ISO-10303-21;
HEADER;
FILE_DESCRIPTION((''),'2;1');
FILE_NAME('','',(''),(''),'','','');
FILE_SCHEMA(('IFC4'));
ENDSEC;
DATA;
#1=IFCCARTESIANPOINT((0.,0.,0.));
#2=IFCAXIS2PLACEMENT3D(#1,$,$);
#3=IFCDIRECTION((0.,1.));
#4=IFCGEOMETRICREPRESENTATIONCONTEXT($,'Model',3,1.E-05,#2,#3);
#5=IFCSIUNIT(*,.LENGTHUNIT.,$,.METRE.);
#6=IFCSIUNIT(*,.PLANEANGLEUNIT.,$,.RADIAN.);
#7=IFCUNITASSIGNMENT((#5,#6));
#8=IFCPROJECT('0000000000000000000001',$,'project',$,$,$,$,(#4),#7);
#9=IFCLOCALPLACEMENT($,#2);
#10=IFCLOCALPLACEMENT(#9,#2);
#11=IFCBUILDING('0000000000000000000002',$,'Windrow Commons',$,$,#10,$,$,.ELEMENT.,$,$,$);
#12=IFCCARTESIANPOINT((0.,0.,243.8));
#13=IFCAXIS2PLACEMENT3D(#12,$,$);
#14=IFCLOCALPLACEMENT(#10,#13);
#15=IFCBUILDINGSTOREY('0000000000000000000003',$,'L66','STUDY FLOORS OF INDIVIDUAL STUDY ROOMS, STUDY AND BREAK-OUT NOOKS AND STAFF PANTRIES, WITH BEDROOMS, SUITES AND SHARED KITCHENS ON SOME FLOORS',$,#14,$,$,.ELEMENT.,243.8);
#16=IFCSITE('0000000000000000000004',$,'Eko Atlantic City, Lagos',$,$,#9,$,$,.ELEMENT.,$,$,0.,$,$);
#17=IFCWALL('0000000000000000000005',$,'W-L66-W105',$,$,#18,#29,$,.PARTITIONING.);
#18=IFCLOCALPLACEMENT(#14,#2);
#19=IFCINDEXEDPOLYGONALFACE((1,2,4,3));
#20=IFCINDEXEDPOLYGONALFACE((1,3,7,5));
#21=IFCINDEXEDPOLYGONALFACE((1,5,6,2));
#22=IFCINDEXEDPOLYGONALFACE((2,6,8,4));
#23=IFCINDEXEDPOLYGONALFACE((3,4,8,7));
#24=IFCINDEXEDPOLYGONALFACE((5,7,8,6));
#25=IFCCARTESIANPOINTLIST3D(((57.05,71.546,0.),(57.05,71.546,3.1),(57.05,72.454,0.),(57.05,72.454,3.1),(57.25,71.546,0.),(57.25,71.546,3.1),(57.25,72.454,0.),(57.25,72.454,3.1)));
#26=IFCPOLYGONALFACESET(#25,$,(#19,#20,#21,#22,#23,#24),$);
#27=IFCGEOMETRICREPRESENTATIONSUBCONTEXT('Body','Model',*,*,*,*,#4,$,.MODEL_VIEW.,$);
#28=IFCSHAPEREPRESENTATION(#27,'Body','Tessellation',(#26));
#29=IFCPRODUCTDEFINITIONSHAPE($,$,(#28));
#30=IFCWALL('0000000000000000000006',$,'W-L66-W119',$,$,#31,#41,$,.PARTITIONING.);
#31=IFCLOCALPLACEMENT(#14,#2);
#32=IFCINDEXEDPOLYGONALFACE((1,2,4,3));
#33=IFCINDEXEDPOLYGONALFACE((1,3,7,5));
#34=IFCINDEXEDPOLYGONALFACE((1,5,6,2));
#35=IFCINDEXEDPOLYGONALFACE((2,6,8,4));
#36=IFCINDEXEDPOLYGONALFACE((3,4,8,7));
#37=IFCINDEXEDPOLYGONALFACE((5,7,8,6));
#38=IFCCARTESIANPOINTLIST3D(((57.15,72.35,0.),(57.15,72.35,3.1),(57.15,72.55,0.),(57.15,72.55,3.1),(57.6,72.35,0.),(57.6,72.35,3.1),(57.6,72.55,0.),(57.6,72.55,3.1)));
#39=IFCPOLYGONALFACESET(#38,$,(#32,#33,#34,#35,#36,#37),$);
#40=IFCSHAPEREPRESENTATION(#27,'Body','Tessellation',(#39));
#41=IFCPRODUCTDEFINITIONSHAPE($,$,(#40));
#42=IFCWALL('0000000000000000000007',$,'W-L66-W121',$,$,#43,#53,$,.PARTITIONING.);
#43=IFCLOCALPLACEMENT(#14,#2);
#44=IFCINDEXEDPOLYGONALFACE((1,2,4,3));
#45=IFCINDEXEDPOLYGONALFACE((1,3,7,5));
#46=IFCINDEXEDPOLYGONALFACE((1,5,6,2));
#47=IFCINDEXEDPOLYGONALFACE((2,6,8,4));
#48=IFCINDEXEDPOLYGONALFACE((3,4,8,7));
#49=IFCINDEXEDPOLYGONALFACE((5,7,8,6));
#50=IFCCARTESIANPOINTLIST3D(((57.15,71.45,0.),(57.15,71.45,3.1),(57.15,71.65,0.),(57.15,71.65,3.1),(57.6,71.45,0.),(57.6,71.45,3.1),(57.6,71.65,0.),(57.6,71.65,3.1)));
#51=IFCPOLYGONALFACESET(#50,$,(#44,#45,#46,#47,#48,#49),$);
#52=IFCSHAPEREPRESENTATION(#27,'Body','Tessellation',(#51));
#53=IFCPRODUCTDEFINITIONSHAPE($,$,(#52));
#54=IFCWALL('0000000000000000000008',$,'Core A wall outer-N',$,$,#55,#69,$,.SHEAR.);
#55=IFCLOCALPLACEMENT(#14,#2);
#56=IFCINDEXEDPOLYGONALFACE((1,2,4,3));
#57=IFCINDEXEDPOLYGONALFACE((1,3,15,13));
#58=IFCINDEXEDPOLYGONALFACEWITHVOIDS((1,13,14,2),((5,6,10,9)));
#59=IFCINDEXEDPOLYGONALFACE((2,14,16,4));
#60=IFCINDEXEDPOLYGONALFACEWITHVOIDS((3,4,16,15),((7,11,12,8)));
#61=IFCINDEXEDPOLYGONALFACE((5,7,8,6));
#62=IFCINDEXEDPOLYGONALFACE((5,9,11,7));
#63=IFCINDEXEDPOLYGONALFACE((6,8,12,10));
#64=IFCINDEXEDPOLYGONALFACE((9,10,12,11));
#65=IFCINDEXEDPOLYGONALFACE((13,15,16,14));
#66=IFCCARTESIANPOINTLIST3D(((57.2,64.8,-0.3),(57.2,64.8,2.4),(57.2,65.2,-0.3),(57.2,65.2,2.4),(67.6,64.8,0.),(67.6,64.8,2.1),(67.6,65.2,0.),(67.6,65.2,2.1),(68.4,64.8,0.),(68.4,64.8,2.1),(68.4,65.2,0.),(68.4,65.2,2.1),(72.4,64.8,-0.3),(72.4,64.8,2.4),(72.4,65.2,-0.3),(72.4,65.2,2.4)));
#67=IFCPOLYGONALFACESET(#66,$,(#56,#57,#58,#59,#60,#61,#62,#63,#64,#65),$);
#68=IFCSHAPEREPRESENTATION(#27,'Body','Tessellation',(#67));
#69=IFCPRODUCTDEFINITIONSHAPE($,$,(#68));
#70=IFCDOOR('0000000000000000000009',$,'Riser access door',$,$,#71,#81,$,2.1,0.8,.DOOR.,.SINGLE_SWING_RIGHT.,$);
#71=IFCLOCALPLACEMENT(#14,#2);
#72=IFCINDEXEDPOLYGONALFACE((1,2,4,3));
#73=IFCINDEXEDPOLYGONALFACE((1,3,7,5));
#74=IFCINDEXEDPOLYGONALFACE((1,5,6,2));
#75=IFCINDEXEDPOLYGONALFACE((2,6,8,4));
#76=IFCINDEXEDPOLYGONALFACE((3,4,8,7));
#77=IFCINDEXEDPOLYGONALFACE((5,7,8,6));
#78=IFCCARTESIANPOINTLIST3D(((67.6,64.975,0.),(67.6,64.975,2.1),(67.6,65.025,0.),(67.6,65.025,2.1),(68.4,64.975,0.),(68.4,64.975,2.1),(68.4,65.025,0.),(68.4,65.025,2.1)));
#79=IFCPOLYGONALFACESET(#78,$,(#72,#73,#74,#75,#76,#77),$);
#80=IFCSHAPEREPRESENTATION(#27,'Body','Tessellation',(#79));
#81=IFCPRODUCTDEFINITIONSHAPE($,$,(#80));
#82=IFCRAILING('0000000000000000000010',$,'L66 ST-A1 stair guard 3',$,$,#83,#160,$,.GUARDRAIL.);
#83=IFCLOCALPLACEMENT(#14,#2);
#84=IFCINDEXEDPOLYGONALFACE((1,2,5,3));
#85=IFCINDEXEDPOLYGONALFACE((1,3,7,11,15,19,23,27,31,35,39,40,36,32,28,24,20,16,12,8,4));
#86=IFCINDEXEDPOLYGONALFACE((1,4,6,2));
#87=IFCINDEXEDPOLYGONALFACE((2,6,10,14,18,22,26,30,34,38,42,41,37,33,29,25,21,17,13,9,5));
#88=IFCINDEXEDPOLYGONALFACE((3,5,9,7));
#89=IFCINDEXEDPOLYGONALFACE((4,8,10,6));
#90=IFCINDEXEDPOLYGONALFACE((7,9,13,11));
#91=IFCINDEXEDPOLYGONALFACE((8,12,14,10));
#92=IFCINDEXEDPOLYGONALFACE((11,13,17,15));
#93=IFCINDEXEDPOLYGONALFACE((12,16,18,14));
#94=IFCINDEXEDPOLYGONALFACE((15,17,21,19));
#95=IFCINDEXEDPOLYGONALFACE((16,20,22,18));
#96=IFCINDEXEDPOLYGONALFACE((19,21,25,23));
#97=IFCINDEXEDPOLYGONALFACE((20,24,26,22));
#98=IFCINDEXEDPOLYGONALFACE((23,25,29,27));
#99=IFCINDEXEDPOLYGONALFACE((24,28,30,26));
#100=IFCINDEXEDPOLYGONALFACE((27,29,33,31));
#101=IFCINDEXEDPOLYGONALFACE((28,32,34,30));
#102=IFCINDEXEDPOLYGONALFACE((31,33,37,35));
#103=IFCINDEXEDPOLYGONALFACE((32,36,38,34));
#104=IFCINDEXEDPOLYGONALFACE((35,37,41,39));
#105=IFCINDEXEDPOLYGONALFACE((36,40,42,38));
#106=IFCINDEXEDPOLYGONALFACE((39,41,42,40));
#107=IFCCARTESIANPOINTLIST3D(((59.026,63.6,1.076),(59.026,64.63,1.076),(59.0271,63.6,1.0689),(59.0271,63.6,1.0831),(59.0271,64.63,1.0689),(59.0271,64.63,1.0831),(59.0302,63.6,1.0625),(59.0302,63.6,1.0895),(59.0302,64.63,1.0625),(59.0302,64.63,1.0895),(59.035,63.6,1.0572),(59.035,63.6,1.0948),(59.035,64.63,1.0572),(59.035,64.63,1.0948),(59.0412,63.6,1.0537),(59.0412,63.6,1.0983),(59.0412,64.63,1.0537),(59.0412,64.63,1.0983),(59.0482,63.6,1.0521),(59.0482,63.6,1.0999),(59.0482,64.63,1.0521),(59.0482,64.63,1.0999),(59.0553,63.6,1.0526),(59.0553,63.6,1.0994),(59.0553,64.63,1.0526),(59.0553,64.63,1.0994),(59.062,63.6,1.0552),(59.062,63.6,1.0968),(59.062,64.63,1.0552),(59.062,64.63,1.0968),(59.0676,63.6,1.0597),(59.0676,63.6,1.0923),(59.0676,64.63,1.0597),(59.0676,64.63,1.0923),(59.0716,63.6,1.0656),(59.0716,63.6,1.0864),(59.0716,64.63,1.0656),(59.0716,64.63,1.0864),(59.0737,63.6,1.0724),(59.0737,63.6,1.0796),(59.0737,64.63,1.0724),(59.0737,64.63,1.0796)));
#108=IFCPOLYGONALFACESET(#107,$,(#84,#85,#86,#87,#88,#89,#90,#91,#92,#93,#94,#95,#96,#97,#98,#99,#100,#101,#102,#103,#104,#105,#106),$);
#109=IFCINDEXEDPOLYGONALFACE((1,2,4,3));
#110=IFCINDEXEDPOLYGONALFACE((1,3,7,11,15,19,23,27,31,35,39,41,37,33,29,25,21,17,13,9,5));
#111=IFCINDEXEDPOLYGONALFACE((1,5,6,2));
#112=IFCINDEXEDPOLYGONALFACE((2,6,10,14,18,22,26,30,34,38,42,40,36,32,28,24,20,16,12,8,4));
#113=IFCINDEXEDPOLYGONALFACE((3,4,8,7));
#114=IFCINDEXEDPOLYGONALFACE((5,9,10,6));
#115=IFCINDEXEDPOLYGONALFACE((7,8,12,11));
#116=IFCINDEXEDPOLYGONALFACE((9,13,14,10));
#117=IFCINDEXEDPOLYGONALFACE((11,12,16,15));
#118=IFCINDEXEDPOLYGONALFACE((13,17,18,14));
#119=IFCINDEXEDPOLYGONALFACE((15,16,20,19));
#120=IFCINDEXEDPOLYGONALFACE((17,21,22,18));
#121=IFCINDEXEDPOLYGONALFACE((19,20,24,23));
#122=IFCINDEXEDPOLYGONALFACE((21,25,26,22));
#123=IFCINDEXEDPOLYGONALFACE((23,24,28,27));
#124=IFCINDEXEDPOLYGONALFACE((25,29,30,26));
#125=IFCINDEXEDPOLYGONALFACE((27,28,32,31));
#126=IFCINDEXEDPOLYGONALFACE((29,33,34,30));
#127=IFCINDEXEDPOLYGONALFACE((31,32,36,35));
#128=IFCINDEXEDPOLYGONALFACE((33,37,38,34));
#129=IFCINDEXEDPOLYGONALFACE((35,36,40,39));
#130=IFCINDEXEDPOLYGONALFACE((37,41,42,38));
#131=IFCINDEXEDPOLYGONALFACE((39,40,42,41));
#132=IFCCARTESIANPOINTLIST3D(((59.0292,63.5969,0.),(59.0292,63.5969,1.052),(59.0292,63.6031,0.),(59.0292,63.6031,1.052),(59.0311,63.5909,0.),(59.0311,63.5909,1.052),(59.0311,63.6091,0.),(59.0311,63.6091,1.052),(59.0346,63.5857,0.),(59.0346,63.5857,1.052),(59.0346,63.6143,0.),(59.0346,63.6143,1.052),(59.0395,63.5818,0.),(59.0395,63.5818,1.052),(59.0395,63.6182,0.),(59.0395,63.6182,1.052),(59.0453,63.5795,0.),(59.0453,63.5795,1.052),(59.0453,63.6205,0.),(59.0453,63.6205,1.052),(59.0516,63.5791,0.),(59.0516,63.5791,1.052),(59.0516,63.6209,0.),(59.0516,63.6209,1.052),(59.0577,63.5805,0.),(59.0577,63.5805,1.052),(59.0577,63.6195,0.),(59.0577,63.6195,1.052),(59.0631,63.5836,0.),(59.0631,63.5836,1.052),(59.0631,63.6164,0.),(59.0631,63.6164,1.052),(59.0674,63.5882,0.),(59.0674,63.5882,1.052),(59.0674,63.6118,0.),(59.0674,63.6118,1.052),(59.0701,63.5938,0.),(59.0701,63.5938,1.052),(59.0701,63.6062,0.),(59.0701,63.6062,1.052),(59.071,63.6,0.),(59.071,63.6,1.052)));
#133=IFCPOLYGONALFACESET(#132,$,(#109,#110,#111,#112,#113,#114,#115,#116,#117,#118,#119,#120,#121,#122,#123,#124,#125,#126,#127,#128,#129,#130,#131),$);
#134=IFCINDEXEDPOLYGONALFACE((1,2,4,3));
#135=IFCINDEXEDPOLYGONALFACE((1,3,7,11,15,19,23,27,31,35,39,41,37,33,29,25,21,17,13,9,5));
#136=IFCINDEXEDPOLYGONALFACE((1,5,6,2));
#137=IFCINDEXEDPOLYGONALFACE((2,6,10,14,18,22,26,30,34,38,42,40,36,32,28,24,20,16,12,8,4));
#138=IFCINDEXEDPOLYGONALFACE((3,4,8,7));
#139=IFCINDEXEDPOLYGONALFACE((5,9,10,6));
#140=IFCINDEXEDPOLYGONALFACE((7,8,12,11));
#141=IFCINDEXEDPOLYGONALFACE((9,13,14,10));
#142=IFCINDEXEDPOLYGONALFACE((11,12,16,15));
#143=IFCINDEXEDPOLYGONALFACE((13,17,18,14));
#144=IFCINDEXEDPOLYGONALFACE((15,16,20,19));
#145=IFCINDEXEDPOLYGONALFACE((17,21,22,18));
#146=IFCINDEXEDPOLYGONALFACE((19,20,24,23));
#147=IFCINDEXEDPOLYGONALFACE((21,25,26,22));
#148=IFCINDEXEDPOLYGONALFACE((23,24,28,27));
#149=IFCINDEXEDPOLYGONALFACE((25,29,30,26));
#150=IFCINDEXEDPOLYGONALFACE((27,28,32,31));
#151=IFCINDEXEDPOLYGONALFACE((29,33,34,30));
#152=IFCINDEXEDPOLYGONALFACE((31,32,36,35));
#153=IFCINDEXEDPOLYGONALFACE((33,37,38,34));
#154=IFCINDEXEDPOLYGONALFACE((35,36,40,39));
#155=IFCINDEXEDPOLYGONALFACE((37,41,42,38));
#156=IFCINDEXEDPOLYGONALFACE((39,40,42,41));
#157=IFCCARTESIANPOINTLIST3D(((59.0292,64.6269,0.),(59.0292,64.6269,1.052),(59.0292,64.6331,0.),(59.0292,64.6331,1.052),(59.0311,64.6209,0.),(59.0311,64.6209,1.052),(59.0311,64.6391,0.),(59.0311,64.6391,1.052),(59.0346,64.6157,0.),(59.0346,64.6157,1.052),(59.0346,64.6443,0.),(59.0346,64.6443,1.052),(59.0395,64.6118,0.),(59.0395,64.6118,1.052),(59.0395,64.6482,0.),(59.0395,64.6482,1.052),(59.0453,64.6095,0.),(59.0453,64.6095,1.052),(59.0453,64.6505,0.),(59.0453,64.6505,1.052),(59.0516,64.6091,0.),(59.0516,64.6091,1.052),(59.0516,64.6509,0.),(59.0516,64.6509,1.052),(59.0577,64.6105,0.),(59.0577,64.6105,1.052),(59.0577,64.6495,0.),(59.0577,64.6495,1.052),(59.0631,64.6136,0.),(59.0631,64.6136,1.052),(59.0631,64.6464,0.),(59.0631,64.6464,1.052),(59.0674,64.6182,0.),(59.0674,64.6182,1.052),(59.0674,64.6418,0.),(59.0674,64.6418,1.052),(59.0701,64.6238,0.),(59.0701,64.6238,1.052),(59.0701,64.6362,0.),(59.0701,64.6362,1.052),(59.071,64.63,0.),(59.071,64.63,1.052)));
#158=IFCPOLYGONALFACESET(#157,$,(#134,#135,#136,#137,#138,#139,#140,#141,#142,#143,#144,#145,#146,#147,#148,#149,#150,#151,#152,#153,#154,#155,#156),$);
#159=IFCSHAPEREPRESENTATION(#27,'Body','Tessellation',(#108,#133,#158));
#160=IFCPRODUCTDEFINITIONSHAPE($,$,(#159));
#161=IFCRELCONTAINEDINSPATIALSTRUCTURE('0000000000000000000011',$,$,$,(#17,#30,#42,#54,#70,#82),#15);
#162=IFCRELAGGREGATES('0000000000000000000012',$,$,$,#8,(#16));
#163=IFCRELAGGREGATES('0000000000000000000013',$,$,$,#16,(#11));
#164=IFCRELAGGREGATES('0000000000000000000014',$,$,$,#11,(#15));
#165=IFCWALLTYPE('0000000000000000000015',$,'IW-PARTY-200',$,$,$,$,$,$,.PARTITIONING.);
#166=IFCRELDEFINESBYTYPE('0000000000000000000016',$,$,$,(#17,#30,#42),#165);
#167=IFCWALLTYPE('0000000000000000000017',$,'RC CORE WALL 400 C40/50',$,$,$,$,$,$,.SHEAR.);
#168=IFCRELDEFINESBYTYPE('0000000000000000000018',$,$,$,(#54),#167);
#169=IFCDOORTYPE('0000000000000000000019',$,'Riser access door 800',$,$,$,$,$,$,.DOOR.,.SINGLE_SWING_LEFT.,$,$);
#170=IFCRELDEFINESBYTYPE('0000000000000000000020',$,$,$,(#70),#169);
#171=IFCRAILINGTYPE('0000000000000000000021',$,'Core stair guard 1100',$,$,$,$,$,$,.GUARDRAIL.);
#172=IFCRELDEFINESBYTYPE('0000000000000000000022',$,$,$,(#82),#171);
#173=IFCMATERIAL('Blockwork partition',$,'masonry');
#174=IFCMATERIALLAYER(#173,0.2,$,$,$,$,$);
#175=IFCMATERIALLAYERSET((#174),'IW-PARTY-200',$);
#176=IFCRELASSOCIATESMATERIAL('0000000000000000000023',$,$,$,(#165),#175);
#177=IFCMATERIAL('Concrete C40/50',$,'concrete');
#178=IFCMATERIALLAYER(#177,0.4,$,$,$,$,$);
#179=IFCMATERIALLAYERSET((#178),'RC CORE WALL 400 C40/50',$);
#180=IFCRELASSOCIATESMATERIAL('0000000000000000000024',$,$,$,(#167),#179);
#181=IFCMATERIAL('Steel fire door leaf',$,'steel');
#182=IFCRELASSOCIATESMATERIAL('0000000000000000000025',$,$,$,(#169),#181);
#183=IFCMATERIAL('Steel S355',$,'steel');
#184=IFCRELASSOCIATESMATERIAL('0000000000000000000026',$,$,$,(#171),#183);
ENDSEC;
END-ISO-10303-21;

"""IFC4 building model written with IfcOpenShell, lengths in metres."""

from ifc_helpers import new_model, si_unit, direction, frame, frame_2d, origin, origin_2d, place, context, subcontext, project, spatial, rectangle, circle, extrude, material, layer, layer_set, type_object, element, fill, save


model = new_model("IFC4")

# Units and contexts
model_context = context("Model", 3, precision=1e-05, world=origin(), true_north=direction((0.0, 1.0)))
body_context = subcontext(model_context, "Body", "Model", "MODEL_VIEW")
ifc_project = project(units=[si_unit("LENGTHUNIT", "METRE"), si_unit("PLANEANGLEUNIT", "RADIAN")], contexts=[model_context])

# Site, building, storey
site_placement = place(None, origin())
site = spatial("IfcSite", under=ifc_project, at=site_placement, Name="Eko Atlantic City, Lagos", CompositionType="ELEMENT", RefElevation=0.0)
building_placement = place(site_placement, origin())
building = spatial("IfcBuilding", under=site, at=building_placement, Name="Windrow Commons", CompositionType="ELEMENT")
storey_placement = place(building_placement, frame((0.0, 0.0, 243.8)))
storey = spatial("IfcBuildingStorey", under=building, at=storey_placement, Name="L66", Description="STUDY FLOORS OF INDIVIDUAL STUDY ROOMS, STUDY AND BREAK-OUT NOOKS AND STAFF PANTRIES, WITH BEDROOMS, SUITES AND SHARED KITCHENS ON SOME FLOORS", CompositionType="ELEMENT", Elevation=243.8)

# Walls
ifc_material_1 = material(Name="Blockwork partition", Category="masonry")
ifc_layer_1 = layer(ifc_material_1, 0.2)
ifc_layer_set_1 = layer_set([ifc_layer_1], Name="IW-PARTY-200")
wall_type_1 = type_object("IfcWallType", Name="IW-PARTY-200", PredefinedType="PARTITIONING", material=ifc_layer_set_1)
wall_1_placement = place(storey_placement, frame((57.15, 71.546, 0.0), z_axis=(0.0, 0.0, 1.0), x_axis=(0.0, 1.0, 0.0)))
element("IfcWall", 1, at=wall_1_placement, inside=storey, type_object=wall_type_1, Name="W-L66-W105", PredefinedType="PARTITIONING", context=body_context, shape_type="SweptSolid", body=[
    extrude(rectangle(XDim=0.908, YDim=0.2, at=frame_2d((0.454, 0.0))), origin(), (0.0, 0.0, 1.0), 3.1),
])
for number, where, z_axis, x_axis, name in (
    (2, (57.15, 72.45, 0.0), (0.0, 0.0, 1.0), (1.0, 0.0, 0.0), "W-L66-W119"),
    (3, (57.15, 71.55, 0.0), (0.0, 0.0, 1.0), (1.0, 0.0, 0.0), "W-L66-W121"),
):
    element("IfcWall", number, at=place(storey_placement, frame(where, z_axis=z_axis, x_axis=x_axis)), inside=storey, type_object=wall_type_1, Name=name, PredefinedType="PARTITIONING", context=body_context, shape_type="SweptSolid", body=[
        extrude(rectangle(XDim=0.45, YDim=0.2, at=frame_2d((0.225, 0.0))), origin(), (0.0, 0.0, 1.0), 3.1),
    ])

# Wall, opening, door
ifc_material_2 = material(Name="Concrete C40/50", Category="concrete")
ifc_layer_2 = layer(ifc_material_2, 0.4)
ifc_layer_set_2 = layer_set([ifc_layer_2], Name="RC CORE WALL 400 C40/50")
wall_type_2 = type_object("IfcWallType", Name="RC CORE WALL 400 C40/50", PredefinedType="SHEAR", material=ifc_layer_set_2)
wall_2_placement = place(storey_placement, frame((57.2, 65.0, -0.3), z_axis=(0.0, 0.0, 1.0), x_axis=(1.0, 0.0, 0.0)))
wall_2 = element("IfcWall", 4, at=wall_2_placement, inside=storey, type_object=wall_type_2, Name="Core A wall outer-N", PredefinedType="SHEAR", context=body_context, shape_type="SweptSolid", body=[
    extrude(rectangle(XDim=15.2, YDim=0.4, at=frame_2d((7.6, 0.0))), origin(), (0.0, 0.0, 1.0), 2.7),
])
opening_1_placement = place(wall_2_placement, frame((10.4, 0.0, 0.3)))
opening_1 = element("IfcOpeningElement", 5, at=opening_1_placement, cuts=wall_2, PredefinedType="OPENING", context=body_context, shape_type="SweptSolid", body=[
    extrude(rectangle(XDim=0.8, YDim=2.1, at=frame_2d((0.4, 1.05))), frame((0.0, 0.21, 0.0), z_axis=(0.0, -1.0, 0.0), x_axis=(1.0, 0.0, 0.0)), (0.0, 0.0, 1.0), 0.42),
])
ifc_material_3 = material(Name="Steel fire door leaf", Category="steel")
door_type_1 = type_object("IfcDoorType", Name="Riser access door 800", OperationType="SINGLE_SWING_LEFT", PredefinedType="DOOR", material=ifc_material_3)
door_1_placement = place(opening_1_placement, origin())
door_1 = element("IfcDoor", 6, at=door_1_placement, inside=storey, type_object=door_type_1, Name="Riser access door", OperationType="SINGLE_SWING_RIGHT", OverallHeight=2.1, OverallWidth=0.8, PredefinedType="DOOR", context=body_context, shape_type="SweptSolid", body=[
    extrude(rectangle(XDim=0.8, YDim=2.1, at=frame_2d((0.4, 1.05))), frame((0.0, 0.025, 0.0), z_axis=(0.0, -1.0, 0.0), x_axis=(1.0, 0.0, 0.0)), (0.0, 0.0, 1.0), 0.05),
])
fill(opening_1, door_1)

# Railing
ifc_material_4 = material(Name="Steel S355", Category="steel")
railing_type_1 = type_object("IfcRailingType", Name="Core stair guard 1100", PredefinedType="GUARDRAIL", material=ifc_material_4)
for number, where, name in (
    (7, (59.05, 63.6, 0.0), "L66 ST-A1 stair guard 3"),
):
    element("IfcRailing", number, at=place(storey_placement, frame(where)), inside=storey, type_object=railing_type_1, Name=name, PredefinedType="GUARDRAIL", context=body_context, shape_type="SweptSolid", body=[
        extrude(circle(Radius=0.024, at=origin_2d()), frame((0.0, 0.0, 1.076), z_axis=(0.0, 1.0, 0.0), x_axis=(-1.0, 0.0, 0.0)), (0.0, 0.0, 1.0), 1.03),
        extrude(circle(Radius=0.021, at=origin_2d()), origin(), (0.0, 0.0, 1.0), 1.052),
        extrude(circle(Radius=0.021, at=origin_2d()), frame((0.0, 1.03, 0.0)), (0.0, 0.0, 1.0), 1.052),
    ])

save(model, "model.ifc")
